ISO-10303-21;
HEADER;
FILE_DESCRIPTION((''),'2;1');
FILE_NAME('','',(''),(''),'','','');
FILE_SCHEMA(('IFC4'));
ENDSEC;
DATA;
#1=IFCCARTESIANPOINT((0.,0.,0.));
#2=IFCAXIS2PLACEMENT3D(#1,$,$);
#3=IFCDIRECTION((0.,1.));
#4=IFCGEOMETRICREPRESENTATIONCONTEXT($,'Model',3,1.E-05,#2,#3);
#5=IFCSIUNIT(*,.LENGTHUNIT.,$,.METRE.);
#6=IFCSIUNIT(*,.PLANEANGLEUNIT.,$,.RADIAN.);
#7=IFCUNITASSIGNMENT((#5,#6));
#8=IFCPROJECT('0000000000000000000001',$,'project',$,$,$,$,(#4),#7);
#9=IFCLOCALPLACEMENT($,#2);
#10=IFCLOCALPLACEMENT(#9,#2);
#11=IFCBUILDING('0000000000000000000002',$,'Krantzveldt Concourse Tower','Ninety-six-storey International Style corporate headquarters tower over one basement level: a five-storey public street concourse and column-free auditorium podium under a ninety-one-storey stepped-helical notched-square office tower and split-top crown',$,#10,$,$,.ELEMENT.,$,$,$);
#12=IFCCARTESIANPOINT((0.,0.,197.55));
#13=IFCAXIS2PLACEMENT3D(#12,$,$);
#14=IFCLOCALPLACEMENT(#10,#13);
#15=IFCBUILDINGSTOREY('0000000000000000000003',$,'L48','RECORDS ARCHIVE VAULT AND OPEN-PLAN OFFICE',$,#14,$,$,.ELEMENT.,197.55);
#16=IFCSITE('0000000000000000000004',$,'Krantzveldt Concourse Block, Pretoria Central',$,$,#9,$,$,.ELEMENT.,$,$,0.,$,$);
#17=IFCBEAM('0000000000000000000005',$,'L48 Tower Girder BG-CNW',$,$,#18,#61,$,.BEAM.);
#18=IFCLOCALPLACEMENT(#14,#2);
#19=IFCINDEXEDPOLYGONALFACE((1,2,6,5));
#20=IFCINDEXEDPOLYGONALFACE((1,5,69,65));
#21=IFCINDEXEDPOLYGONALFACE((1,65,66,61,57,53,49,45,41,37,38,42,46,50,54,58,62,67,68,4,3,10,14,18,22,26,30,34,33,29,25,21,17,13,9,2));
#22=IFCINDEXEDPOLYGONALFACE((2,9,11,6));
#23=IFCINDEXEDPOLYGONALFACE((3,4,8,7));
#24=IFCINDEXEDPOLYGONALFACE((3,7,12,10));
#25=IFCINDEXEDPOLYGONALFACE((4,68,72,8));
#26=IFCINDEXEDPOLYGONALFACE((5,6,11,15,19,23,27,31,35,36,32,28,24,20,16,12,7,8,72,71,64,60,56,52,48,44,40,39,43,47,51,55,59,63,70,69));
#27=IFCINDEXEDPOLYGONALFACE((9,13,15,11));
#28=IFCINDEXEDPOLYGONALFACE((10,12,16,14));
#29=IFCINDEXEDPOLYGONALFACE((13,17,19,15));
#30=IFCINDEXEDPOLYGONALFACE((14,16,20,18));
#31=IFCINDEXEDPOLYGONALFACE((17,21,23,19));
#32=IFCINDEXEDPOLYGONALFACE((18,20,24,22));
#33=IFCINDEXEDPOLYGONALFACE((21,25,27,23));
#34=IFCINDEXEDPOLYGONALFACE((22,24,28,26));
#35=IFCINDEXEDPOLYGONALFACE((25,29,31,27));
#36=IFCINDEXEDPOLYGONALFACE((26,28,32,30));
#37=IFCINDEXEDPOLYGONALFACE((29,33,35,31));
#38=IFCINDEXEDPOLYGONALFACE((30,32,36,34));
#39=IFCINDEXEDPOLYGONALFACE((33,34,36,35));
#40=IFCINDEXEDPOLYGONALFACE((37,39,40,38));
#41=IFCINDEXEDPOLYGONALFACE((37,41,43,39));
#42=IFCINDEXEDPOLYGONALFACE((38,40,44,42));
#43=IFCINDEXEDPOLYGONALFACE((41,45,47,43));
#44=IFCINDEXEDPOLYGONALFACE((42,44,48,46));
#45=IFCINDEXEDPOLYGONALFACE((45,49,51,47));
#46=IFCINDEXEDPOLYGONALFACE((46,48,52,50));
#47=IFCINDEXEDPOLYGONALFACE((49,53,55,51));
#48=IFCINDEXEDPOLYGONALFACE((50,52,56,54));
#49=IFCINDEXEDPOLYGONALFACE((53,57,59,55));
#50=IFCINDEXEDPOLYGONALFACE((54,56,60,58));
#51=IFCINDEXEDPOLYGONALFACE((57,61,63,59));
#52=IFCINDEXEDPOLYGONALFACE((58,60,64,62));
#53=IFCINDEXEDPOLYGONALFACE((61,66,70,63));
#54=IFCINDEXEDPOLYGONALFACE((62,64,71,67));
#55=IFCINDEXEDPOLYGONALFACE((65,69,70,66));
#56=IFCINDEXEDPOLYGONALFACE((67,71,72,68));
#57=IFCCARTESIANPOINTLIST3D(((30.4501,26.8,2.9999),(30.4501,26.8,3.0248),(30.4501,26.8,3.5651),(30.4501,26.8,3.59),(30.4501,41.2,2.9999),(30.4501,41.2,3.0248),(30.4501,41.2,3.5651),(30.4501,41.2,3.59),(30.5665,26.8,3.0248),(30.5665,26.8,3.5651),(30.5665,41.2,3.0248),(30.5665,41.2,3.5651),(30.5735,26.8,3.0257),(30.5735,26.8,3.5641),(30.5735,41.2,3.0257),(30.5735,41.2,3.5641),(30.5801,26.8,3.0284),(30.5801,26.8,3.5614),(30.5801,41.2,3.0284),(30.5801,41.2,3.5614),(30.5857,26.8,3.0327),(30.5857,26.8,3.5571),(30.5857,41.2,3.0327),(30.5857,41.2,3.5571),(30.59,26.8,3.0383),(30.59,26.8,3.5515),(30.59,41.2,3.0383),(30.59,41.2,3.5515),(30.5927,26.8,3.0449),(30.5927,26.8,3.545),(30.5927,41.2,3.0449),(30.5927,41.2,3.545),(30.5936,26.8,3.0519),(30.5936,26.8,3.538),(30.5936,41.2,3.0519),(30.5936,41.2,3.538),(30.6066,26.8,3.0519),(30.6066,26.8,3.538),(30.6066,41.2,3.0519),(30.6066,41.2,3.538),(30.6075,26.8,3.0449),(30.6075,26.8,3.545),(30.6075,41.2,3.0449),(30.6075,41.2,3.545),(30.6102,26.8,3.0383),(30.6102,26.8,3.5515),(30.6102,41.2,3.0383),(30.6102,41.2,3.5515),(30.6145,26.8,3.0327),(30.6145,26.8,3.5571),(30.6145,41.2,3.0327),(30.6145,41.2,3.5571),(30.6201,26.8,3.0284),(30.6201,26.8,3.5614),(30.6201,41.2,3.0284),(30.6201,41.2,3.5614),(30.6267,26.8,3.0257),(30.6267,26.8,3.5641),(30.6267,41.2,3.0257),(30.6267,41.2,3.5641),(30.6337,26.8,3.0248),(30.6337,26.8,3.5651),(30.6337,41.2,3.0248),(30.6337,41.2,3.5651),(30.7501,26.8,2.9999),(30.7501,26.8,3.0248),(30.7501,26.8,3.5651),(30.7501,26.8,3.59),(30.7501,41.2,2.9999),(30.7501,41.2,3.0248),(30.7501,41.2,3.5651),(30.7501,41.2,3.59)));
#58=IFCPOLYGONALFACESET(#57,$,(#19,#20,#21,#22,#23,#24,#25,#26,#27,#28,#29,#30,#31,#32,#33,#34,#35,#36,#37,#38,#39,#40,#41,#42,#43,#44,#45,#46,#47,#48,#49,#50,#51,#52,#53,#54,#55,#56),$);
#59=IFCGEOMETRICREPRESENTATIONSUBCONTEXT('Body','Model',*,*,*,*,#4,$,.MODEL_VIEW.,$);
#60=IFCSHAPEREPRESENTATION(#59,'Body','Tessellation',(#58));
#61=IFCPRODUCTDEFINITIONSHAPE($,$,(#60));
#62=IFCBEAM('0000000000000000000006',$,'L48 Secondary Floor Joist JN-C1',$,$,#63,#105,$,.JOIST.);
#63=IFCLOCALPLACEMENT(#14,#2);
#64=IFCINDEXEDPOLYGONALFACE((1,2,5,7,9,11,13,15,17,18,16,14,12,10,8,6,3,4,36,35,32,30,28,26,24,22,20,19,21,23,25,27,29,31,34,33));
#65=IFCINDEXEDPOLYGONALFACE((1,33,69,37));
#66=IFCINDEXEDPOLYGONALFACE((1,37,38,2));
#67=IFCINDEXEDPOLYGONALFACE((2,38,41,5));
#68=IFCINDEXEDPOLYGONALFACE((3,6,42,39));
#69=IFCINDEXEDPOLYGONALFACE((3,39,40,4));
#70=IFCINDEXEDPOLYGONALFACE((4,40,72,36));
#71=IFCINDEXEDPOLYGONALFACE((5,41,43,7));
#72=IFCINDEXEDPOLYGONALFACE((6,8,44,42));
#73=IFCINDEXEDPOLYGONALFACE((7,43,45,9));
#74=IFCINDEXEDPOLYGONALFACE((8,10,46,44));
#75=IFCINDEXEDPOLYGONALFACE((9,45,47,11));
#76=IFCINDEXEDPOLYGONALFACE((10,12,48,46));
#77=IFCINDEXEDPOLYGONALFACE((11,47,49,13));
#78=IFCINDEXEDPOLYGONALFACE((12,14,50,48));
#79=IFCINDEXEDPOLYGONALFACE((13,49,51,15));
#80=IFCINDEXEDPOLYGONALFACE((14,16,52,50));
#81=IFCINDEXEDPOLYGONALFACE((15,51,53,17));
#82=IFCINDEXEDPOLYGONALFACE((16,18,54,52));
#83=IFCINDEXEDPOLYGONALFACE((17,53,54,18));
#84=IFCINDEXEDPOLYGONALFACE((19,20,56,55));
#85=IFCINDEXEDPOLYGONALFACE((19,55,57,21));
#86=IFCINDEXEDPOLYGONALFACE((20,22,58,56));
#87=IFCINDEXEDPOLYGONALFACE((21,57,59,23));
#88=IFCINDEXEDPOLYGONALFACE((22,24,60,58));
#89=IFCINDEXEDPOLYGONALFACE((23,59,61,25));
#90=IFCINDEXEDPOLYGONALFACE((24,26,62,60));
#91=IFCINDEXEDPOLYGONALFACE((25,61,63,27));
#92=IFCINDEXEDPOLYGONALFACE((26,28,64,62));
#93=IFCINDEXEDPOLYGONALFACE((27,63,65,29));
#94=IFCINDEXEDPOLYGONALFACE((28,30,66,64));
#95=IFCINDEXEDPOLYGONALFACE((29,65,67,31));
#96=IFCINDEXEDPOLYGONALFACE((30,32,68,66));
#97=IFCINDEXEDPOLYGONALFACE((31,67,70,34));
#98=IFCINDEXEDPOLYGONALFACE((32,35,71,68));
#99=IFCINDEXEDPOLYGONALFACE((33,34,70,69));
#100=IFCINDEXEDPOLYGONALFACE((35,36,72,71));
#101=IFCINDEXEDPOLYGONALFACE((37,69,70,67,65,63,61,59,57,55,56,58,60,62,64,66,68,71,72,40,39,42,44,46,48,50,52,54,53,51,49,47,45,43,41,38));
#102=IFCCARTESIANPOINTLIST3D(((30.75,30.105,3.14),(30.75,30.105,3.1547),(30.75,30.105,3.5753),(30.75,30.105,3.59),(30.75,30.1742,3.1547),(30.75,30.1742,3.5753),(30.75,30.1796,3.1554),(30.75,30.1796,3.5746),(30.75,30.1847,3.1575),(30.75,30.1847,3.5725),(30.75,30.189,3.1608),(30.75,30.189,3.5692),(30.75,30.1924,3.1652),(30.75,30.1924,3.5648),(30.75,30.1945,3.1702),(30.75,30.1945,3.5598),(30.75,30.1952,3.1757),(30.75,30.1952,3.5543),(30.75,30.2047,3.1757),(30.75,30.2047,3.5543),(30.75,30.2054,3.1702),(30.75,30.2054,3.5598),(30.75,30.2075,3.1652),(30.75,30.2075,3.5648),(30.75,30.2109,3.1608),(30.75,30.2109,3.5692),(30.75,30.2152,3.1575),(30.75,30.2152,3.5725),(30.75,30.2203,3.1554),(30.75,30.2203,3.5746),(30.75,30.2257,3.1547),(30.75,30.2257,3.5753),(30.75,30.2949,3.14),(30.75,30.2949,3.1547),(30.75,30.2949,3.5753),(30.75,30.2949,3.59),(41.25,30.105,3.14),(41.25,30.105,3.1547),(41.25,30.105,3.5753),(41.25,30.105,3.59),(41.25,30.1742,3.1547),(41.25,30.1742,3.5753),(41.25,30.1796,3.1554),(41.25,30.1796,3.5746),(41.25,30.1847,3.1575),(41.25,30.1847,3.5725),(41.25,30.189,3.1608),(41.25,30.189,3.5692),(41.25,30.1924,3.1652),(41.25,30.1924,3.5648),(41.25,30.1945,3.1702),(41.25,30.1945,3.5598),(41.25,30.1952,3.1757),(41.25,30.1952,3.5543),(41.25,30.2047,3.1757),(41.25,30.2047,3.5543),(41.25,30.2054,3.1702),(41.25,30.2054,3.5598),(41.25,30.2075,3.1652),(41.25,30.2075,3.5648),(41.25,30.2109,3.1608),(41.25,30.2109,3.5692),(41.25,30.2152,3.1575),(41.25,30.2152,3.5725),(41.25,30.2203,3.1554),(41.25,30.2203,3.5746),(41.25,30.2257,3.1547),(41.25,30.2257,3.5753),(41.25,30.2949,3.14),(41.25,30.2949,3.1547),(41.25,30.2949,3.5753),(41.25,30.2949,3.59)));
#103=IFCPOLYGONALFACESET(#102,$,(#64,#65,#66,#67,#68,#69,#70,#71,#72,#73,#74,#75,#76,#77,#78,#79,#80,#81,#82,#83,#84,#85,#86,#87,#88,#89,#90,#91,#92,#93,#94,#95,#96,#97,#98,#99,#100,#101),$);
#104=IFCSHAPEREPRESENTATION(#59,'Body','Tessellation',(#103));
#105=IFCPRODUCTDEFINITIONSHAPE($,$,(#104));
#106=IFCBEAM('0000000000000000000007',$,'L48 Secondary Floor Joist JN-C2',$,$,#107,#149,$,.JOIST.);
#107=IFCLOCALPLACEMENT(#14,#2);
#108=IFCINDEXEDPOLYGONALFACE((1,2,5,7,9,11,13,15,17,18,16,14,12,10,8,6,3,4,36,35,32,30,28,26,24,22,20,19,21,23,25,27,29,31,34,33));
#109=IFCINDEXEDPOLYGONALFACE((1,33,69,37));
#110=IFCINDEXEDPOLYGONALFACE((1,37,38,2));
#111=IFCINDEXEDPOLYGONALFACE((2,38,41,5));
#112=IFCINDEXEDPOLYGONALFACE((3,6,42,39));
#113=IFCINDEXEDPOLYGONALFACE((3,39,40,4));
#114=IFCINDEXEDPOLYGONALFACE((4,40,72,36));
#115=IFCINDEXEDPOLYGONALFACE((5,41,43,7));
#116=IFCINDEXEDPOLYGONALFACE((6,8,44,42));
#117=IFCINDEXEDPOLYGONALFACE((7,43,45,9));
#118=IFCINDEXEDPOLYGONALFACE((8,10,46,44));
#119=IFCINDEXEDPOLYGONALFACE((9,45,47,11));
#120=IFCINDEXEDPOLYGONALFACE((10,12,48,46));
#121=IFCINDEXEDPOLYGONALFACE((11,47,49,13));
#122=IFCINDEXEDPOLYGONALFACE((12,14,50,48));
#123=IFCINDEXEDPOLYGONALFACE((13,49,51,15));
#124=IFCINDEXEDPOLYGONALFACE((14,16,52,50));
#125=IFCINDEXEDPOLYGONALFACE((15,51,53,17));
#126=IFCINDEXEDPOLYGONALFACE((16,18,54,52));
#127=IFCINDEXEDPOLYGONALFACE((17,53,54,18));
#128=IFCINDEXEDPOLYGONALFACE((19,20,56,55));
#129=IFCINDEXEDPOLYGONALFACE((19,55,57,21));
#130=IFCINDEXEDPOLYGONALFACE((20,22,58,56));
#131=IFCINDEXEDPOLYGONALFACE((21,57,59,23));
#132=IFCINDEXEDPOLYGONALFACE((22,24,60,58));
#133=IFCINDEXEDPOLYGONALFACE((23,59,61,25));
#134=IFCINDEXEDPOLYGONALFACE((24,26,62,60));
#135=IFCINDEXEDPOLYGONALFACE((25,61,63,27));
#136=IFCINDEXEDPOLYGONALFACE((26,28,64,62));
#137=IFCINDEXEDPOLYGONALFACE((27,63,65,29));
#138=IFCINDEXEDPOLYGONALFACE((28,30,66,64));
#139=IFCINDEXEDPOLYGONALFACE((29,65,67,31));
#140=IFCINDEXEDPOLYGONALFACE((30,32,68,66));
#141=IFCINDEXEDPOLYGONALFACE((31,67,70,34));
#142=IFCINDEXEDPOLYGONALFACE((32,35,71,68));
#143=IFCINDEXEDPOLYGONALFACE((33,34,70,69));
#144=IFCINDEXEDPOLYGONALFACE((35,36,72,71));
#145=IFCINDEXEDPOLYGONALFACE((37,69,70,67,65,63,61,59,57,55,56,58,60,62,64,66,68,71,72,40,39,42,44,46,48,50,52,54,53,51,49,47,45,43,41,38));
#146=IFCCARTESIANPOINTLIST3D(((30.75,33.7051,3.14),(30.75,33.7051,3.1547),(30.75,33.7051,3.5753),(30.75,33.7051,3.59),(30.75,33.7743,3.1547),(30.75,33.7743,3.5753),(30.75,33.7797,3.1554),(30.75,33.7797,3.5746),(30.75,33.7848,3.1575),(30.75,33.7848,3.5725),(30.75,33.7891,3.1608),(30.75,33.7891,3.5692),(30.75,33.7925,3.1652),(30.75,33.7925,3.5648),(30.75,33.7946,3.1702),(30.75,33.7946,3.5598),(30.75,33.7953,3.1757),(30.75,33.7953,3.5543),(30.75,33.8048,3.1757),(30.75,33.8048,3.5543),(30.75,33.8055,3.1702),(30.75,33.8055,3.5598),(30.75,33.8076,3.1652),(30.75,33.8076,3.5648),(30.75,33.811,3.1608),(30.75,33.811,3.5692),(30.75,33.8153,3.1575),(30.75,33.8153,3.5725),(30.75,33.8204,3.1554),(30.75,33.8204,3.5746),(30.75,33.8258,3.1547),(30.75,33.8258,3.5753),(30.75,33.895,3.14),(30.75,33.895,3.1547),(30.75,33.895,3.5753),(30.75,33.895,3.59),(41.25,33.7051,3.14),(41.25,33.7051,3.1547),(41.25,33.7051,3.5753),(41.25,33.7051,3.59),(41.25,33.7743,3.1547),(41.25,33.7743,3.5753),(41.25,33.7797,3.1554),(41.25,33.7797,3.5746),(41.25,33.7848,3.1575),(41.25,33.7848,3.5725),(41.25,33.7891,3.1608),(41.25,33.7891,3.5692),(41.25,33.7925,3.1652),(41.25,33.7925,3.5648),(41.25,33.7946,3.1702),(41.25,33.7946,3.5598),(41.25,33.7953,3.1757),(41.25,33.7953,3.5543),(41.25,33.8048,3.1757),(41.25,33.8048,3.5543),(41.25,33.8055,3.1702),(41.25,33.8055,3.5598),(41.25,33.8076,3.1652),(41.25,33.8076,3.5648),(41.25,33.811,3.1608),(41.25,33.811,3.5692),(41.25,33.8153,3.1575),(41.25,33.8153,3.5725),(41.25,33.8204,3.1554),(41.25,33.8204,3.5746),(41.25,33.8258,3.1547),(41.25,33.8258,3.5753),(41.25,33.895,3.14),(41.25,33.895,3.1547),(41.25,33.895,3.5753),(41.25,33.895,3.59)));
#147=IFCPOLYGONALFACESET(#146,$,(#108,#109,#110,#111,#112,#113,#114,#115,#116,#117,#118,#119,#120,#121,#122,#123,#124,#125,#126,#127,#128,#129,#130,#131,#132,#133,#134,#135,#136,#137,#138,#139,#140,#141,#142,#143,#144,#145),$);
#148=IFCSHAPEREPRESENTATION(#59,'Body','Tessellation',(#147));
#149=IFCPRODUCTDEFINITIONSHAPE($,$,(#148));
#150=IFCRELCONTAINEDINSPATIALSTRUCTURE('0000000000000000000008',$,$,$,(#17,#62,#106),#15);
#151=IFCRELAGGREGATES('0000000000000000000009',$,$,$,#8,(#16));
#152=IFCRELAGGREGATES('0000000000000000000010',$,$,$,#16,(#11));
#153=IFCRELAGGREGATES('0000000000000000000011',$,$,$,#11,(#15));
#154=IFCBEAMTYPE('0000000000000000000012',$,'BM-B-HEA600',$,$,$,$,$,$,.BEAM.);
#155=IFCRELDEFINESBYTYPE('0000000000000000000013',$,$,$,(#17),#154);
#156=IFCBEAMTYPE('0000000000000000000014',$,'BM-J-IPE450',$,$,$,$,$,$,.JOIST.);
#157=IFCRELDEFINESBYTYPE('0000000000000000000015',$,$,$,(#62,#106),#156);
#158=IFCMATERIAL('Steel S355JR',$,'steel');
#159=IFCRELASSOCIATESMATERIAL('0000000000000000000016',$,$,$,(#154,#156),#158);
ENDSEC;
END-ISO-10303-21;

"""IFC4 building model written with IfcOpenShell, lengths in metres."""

from ifc_helpers import new_model, si_unit, direction, frame, origin, origin_2d, place, context, subcontext, project, spatial, i_section, extrude, source, transform, mapped, material, material_profile, profile_set, type_object, type_shapes, element, save


model = new_model("IFC4")

# Units and contexts
model_context = context("Model", 3, precision=1e-05, world=origin(), true_north=direction((0.0, 1.0)))
body_context = subcontext(model_context, "Body", "Model", "MODEL_VIEW")
ifc_project = project(units=[si_unit("LENGTHUNIT", "METRE"), si_unit("PLANEANGLEUNIT", "RADIAN")], contexts=[model_context])

# Site, building, storey
site_placement = place(None, origin())
site = spatial("IfcSite", under=ifc_project, at=site_placement, Name="Krantzveldt Concourse Block, Pretoria Central", CompositionType="ELEMENT", RefElevation=0.0)
building_placement = place(site_placement, origin())
building = spatial("IfcBuilding", under=site, at=building_placement, Name="Krantzveldt Concourse Tower", Description="Ninety-six-storey International Style corporate headquarters tower over one basement level: a five-storey public street concourse and column-free auditorium podium under a ninety-one-storey stepped-helical notched-square office tower and split-top crown", CompositionType="ELEMENT")
storey_placement = place(building_placement, frame((0.0, 0.0, 197.55)))
storey = spatial("IfcBuildingStorey", under=building, at=storey_placement, Name="L48", Description="RECORDS ARCHIVE VAULT AND OPEN-PLAN OFFICE", CompositionType="ELEMENT", Elevation=197.55)

# Beams
ifc_material_1 = material(Name="Steel S355JR", Category="steel")
ifc_material_profile_1 = material_profile(ifc_material_1, i_section(OverallWidth=0.3, OverallDepth=0.5901, WebThickness=0.0129, FlangeThickness=0.0249, FilletRadius=0.0271, at=origin_2d()), Name="Steel S355JR", Category="steel")
ifc_profile_set_1 = profile_set([ifc_material_profile_1], Name="Steel S355JR - HEA 600")
beam_type_1 = type_object("IfcBeamType", Name="BM-B-HEA600", PredefinedType="BEAM", material=ifc_profile_set_1)
shared_shape_1 = source(origin(), body_context, "Body", "SweptSolid", [
    extrude(i_section(OverallWidth=0.3, OverallDepth=0.5901, WebThickness=0.0129, FlangeThickness=0.0249, FilletRadius=0.0271, at=origin_2d()), origin(), (0.0, 0.0, 1.0), 14.3999),
])
type_shapes(beam_type_1, [shared_shape_1])
beam_1_placement = place(storey_placement, frame((30.6001, 26.8, 3.2949), z_axis=(0.0, 1.0, 0.0), x_axis=(-1.0, 0.0, 0.0)))
element("IfcBeam", 1, at=beam_1_placement, inside=storey, type_object=beam_type_1, Name="L48 Tower Girder BG-CNW", PredefinedType="BEAM", context=body_context, shape_type="MappedRepresentation", body=[
    mapped(shared_shape_1, transform((0.0, 0.0, 0.0), x_axis=(1.0, 0.0, 0.0), y_axis=(0.0, 1.0, 0.0), z_axis=(0.0, 0.0, 1.0), scale=1.0)),
])
ifc_material_profile_2 = material_profile(ifc_material_1, i_section(OverallWidth=0.1899, OverallDepth=0.45, WebThickness=0.0095, FlangeThickness=0.0146, FilletRadius=0.021, at=origin_2d()), Name="Steel S355JR", Category="steel")
ifc_profile_set_2 = profile_set([ifc_material_profile_2], Name="Steel S355JR - IPE 450")
beam_type_2 = type_object("IfcBeamType", Name="BM-J-IPE450", PredefinedType="JOIST", material=ifc_profile_set_2)
shared_shape_2 = source(origin(), body_context, "Body", "SweptSolid", [
    extrude(i_section(OverallWidth=0.1899, OverallDepth=0.45, WebThickness=0.0095, FlangeThickness=0.0146, FilletRadius=0.021, at=origin_2d()), origin(), (0.0, 0.0, 1.0), 10.5),
])
for number, where, z_axis, x_axis, name in (
    (2, (30.75, 30.2, 3.365), (1.0, 0.0, 0.0), (0.0, 1.0, 0.0), "L48 Secondary Floor Joist JN-C1"),
    (3, (30.75, 33.8, 3.365), (1.0, 0.0, 0.0), (0.0, 1.0, 0.0), "L48 Secondary Floor Joist JN-C2"),
):
    element("IfcBeam", number, at=place(storey_placement, frame(where, z_axis=z_axis, x_axis=x_axis)), inside=storey, type_object=beam_type_2, Name=name, PredefinedType="JOIST", context=body_context, shape_type="MappedRepresentation", body=[
        mapped(shared_shape_2, transform((0.0, 0.0, 0.0), x_axis=(1.0, 0.0, 0.0), y_axis=(0.0, 1.0, 0.0), z_axis=(0.0, 0.0, 1.0), scale=1.0)),
    ])

save(model, "model.ifc")
